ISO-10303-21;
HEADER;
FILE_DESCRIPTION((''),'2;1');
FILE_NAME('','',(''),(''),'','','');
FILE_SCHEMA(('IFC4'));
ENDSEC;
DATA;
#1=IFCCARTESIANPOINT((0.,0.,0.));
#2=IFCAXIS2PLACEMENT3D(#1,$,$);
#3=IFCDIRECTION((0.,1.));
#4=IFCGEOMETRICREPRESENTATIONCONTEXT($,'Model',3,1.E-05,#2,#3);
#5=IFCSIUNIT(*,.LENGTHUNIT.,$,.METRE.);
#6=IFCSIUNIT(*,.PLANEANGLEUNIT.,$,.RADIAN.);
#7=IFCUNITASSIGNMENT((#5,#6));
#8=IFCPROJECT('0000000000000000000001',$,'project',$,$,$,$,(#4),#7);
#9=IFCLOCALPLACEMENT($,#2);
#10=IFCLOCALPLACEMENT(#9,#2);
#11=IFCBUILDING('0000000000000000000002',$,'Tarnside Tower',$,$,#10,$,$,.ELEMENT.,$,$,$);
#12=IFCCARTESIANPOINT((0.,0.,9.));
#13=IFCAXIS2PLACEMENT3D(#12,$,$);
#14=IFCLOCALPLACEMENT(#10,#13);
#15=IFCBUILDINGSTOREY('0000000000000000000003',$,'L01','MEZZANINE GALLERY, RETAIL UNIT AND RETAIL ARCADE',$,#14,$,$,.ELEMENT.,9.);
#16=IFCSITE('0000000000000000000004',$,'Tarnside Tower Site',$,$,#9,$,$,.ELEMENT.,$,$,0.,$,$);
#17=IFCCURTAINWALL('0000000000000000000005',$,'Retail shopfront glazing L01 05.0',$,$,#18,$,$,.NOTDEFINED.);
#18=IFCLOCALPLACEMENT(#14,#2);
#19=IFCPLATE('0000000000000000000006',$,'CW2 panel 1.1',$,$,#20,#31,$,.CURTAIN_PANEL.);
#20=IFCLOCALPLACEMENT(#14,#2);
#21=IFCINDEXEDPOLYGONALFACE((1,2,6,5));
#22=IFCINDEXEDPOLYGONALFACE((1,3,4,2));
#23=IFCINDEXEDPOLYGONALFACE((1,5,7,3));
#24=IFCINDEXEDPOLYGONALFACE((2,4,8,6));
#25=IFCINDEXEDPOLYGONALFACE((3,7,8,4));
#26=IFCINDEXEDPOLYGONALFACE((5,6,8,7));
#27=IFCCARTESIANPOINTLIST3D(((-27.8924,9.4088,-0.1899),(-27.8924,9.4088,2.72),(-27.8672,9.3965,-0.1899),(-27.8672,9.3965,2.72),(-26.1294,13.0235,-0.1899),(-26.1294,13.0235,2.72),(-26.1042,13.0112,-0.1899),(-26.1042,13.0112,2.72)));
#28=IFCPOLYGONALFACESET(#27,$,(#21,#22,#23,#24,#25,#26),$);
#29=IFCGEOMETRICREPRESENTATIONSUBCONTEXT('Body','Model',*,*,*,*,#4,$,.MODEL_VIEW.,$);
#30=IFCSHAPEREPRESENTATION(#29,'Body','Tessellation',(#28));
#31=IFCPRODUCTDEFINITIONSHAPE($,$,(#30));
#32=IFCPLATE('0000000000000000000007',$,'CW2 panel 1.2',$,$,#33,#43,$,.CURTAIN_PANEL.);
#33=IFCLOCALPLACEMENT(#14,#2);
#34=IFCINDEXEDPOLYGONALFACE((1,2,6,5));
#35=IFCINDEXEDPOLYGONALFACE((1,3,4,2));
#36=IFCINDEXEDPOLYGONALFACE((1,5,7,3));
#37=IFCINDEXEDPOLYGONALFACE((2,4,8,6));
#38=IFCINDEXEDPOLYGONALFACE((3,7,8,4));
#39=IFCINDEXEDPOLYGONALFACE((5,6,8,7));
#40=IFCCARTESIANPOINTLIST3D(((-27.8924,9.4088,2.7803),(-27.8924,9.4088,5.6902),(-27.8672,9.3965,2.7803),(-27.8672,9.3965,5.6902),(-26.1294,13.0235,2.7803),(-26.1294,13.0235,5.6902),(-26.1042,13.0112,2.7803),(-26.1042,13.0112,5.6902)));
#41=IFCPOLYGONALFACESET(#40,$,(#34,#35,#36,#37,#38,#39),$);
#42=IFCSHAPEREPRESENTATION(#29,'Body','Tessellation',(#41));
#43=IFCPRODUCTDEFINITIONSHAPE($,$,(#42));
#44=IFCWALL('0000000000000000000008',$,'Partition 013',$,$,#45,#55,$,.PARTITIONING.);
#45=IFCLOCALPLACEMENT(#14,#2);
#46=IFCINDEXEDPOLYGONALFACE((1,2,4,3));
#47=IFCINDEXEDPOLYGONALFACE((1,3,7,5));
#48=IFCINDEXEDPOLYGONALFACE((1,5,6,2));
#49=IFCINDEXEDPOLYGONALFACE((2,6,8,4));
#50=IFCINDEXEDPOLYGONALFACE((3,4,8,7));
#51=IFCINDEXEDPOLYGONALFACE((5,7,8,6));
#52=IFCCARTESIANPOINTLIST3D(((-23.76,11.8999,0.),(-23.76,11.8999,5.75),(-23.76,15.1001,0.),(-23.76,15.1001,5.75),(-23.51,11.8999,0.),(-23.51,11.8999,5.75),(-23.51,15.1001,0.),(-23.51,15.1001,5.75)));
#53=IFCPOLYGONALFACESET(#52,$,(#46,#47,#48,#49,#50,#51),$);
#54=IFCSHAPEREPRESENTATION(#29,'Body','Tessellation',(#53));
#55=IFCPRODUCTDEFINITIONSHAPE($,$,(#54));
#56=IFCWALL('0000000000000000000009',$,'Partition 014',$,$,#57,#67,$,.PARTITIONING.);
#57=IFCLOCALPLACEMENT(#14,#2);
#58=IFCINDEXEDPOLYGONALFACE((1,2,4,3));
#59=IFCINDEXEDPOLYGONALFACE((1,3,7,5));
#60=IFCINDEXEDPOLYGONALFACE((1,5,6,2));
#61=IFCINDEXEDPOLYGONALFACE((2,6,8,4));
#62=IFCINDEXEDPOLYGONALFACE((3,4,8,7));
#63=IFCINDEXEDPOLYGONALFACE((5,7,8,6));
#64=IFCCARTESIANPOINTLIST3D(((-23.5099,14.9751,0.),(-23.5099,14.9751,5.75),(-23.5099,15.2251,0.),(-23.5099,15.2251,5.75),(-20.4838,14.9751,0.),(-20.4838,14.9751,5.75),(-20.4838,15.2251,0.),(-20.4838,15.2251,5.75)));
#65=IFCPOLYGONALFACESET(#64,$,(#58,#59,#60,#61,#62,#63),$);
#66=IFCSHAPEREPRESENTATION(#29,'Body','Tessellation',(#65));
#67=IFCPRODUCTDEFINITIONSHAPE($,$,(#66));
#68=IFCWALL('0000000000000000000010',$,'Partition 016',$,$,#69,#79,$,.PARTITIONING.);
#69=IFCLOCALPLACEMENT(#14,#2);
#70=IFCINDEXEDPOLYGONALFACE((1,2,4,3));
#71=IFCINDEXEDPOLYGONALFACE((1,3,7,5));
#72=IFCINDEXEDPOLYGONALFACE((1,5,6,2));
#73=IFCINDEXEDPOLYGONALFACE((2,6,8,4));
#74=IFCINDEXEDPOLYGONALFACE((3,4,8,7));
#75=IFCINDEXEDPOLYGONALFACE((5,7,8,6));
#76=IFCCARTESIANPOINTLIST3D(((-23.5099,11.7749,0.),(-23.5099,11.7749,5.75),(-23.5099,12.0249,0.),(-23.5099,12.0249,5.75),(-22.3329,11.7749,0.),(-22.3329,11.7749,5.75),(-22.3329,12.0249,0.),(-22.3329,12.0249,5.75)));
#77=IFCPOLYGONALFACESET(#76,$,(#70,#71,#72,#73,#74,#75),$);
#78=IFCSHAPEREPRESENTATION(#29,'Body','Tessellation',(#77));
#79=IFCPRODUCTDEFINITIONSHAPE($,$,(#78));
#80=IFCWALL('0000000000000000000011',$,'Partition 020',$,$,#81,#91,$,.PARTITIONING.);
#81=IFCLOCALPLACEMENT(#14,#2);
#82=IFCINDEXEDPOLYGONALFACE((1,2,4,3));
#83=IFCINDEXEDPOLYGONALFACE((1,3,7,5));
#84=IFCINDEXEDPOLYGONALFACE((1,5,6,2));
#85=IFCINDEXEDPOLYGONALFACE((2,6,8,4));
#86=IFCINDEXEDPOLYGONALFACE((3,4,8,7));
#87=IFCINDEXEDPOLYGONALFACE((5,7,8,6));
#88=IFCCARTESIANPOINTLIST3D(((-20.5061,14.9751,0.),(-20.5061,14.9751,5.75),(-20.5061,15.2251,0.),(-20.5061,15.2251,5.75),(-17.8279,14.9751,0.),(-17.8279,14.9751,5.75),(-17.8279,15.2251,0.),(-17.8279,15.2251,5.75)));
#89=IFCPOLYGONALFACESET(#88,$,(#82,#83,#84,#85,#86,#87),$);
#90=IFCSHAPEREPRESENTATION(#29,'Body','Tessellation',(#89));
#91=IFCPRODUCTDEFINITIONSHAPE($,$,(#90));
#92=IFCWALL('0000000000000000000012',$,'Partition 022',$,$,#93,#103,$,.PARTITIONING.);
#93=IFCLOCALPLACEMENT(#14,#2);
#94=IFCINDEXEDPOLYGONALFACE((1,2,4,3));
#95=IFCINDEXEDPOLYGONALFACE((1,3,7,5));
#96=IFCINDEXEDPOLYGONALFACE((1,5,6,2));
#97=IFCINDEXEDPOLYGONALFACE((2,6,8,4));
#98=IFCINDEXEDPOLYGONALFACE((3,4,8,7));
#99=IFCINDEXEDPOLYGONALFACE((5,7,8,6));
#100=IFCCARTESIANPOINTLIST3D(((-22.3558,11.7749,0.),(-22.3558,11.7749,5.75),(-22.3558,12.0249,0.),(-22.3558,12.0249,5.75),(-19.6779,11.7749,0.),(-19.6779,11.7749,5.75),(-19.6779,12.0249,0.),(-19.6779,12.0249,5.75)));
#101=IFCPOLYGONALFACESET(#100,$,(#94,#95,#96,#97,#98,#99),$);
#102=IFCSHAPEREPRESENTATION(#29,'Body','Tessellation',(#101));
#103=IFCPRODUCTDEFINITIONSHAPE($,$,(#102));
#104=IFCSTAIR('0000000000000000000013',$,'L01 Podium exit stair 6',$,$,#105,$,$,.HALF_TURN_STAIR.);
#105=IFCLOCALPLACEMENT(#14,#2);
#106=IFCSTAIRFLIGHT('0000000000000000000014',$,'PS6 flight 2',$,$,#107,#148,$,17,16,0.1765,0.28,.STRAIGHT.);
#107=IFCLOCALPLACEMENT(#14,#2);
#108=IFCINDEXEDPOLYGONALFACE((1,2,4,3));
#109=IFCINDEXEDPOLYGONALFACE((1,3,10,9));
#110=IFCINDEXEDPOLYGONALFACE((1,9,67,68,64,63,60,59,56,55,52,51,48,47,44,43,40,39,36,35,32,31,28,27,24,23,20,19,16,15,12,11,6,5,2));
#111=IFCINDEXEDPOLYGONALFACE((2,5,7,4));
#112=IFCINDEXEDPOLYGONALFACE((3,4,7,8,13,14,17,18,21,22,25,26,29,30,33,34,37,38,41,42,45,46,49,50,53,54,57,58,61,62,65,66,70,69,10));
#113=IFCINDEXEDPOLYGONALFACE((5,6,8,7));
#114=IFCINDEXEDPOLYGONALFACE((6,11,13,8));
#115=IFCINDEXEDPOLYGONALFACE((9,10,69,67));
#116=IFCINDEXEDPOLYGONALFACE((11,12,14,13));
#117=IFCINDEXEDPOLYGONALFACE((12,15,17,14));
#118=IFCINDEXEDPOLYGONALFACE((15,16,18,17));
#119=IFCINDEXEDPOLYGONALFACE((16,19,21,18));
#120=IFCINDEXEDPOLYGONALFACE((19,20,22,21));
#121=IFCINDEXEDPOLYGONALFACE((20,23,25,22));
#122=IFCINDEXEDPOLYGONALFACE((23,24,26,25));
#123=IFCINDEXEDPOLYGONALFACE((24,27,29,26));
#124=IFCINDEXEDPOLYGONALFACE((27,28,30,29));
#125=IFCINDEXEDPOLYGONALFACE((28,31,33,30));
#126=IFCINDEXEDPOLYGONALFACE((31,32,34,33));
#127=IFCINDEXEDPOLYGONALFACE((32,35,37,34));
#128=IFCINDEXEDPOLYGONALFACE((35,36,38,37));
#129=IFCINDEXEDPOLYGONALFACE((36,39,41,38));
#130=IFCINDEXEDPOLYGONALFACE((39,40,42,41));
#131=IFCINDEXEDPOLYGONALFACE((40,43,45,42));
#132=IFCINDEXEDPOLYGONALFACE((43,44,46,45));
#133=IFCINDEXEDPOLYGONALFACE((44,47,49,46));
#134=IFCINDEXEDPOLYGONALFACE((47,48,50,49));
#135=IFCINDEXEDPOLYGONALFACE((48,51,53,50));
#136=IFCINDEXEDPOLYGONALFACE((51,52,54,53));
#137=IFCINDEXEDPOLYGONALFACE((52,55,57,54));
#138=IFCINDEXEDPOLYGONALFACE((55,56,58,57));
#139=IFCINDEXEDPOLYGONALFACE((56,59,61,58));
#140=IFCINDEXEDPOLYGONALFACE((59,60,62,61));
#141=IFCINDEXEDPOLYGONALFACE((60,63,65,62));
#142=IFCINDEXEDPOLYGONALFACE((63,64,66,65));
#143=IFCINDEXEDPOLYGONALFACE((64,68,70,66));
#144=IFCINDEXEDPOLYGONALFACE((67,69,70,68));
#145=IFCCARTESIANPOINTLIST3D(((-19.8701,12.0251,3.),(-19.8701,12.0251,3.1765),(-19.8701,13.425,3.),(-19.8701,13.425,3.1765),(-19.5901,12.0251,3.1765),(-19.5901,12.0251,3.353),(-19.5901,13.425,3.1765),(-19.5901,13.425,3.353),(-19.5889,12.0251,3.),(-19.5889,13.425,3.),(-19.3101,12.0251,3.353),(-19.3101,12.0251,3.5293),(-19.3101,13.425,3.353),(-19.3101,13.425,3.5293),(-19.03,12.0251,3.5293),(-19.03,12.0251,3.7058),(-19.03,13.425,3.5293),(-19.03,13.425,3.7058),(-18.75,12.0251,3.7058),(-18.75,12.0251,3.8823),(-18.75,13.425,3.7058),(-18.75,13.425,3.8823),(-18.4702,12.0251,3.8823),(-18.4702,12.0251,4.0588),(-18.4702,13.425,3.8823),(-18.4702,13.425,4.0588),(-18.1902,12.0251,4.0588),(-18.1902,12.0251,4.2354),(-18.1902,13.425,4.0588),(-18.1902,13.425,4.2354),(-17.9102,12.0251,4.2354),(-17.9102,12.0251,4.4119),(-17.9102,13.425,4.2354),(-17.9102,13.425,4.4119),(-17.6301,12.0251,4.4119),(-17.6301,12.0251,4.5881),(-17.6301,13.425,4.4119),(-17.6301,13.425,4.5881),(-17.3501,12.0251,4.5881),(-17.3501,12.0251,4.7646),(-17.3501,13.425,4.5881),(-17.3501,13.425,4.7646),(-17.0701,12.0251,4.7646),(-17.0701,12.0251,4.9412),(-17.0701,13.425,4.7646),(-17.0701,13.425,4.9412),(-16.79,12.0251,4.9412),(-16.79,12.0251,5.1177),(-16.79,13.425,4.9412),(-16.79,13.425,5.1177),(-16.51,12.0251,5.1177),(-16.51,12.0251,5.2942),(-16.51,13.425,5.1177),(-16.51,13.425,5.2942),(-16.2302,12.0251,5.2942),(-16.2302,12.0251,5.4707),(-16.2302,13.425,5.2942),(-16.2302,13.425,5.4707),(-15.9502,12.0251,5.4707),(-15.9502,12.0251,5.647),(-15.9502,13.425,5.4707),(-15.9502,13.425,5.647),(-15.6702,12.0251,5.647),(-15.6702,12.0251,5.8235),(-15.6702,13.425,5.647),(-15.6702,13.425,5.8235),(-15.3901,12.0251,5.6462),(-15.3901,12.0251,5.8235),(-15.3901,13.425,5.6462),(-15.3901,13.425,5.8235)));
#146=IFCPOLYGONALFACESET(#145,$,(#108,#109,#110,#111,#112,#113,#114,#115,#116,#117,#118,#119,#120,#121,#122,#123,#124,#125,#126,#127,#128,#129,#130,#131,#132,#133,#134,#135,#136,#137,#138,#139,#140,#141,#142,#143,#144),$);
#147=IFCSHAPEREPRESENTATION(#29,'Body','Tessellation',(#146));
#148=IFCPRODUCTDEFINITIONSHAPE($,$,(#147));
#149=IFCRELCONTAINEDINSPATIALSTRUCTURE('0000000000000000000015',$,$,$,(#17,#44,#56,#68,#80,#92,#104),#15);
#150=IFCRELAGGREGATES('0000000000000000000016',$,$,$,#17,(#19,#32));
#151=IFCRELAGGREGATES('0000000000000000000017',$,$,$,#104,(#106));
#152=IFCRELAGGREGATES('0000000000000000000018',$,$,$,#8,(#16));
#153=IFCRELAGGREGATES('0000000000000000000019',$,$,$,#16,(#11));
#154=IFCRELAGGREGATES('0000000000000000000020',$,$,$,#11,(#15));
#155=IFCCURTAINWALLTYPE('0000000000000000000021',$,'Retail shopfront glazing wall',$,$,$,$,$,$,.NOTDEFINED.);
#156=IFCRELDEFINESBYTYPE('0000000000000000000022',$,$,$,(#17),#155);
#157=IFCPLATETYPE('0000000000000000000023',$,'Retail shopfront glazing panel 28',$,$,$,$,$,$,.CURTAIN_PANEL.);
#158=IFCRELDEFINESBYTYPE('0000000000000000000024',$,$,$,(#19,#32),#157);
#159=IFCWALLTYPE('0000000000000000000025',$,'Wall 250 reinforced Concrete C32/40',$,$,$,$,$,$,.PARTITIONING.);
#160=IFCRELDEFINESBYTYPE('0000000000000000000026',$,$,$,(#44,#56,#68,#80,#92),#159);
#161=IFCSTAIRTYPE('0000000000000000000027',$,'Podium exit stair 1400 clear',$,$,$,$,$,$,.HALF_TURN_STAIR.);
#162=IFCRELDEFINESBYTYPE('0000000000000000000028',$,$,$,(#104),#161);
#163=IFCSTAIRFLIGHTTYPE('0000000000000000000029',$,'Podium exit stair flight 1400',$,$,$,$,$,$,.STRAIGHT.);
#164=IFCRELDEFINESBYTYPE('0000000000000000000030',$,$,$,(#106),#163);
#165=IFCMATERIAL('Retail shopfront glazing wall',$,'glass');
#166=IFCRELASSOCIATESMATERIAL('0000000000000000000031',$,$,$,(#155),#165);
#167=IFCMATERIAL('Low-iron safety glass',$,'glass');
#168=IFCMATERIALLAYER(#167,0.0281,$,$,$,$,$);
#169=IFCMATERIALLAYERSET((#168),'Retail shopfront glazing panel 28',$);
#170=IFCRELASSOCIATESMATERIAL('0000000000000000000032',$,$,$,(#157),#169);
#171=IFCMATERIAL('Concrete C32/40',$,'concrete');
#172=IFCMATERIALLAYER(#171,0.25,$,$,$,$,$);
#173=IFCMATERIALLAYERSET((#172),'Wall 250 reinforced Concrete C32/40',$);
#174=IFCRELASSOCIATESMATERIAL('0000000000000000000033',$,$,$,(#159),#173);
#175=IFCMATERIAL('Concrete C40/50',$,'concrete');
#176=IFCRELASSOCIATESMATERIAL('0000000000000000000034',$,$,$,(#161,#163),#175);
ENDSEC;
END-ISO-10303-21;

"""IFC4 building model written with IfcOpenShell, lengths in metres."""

from ifc_helpers import new_model, si_unit, direction, frame, frame_2d, origin, origin_2d, place, context, subcontext, project, spatial, polyline, rectangle, outline, extrude, material, layer, layer_set, type_object, element, aggregate, save


model = new_model("IFC4")

# Units and contexts
model_context = context("Model", 3, precision=1e-05, world=origin(), true_north=direction((0.0, 1.0)))
body_context = subcontext(model_context, "Body", "Model", "MODEL_VIEW")
ifc_project = project(units=[si_unit("LENGTHUNIT", "METRE"), si_unit("PLANEANGLEUNIT", "RADIAN")], contexts=[model_context])

# Site, building, storey
site_placement = place(None, origin())
site = spatial("IfcSite", under=ifc_project, at=site_placement, Name="Tarnside Tower Site", CompositionType="ELEMENT", RefElevation=0.0)
building_placement = place(site_placement, origin())
building = spatial("IfcBuilding", under=site, at=building_placement, Name="Tarnside Tower", CompositionType="ELEMENT")
storey_placement = place(building_placement, frame((0.0, 0.0, 9.0)))
storey = spatial("IfcBuildingStorey", under=building, at=storey_placement, Name="L01", Description="MEZZANINE GALLERY, RETAIL UNIT AND RETAIL ARCADE", CompositionType="ELEMENT", Elevation=9.0)

# Shared definitions
ifc_material_1 = material(Name="Retail shopfront glazing wall", Category="glass")
curtain_wall_type = type_object("IfcCurtainWallType", Name="Retail shopfront glazing wall", PredefinedType="NOTDEFINED", material=ifc_material_1)

# Curtain wall, plates
curtain_wall_1_placement = place(storey_placement, origin())
curtain_wall_1 = element("IfcCurtainWall", 1, at=curtain_wall_1_placement, inside=storey, type_object=curtain_wall_type, Name="Retail shopfront glazing L01 05.0", PredefinedType="NOTDEFINED")
ifc_material_2 = material(Name="Low-iron safety glass", Category="glass")
ifc_layer_1 = layer(ifc_material_2, 0.0281)
ifc_layer_set_1 = layer_set([ifc_layer_1], Name="Retail shopfront glazing panel 28")
plate_type = type_object("IfcPlateType", Name="Retail shopfront glazing panel 28", PredefinedType="CURTAIN_PANEL", material=ifc_layer_set_1)
plate_1_placement = place(storey_placement, frame((-26.9983, 11.21, -0.1899), z_axis=(0.0, 0.0, 1.0), x_axis=(-0.438371, -0.898794, 0.0)))
plate_1 = element("IfcPlate", 2, at=plate_1_placement, type_object=plate_type, Name="CW2 panel 1.1", PredefinedType="CURTAIN_PANEL", context=body_context, shape_type="SweptSolid", body=[
    extrude(rectangle(XDim=4.0217, YDim=0.0281, at=origin_2d()), origin(), (0.0, 0.0, 1.0), 2.9099),
])
plate_2_placement = place(storey_placement, frame((-26.9983, 11.21, 2.7803), z_axis=(0.0, 0.0, 1.0), x_axis=(-0.438371, -0.898794, 0.0)))
plate_2 = element("IfcPlate", 3, at=plate_2_placement, type_object=plate_type, Name="CW2 panel 1.2", PredefinedType="CURTAIN_PANEL", context=body_context, shape_type="SweptSolid", body=[
    extrude(rectangle(XDim=4.0217, YDim=0.0281, at=origin_2d()), origin(), (0.0, 0.0, 1.0), 2.9099),
])
aggregate(curtain_wall_1, [plate_1, plate_2])

# Walls
ifc_material_3 = material(Name="Concrete C32/40", Category="concrete")
ifc_layer_2 = layer(ifc_material_3, 0.25)
ifc_layer_set_2 = layer_set([ifc_layer_2], Name="Wall 250 reinforced Concrete C32/40")
wall_type = type_object("IfcWallType", Name="Wall 250 reinforced Concrete C32/40", PredefinedType="PARTITIONING", material=ifc_layer_set_2)
wall_1_placement = place(storey_placement, frame((-23.635, 11.8999, 0.0), z_axis=(0.0, 0.0, 1.0), x_axis=(0.0, 1.0, 0.0)))
element("IfcWall", 4, at=wall_1_placement, inside=storey, type_object=wall_type, Name="Partition 013", PredefinedType="PARTITIONING", context=body_context, shape_type="SweptSolid", body=[
    extrude(rectangle(XDim=3.2002, YDim=0.25, at=frame_2d((1.6001, 0.0))), origin(), (0.0, 0.0, 1.0), 5.75),
])
wall_2_placement = place(storey_placement, frame((-23.51, 15.1001, 0.0), z_axis=(0.0, 0.0, 1.0), x_axis=(1.0, 0.0, 0.0)))
element("IfcWall", 5, at=wall_2_placement, inside=storey, type_object=wall_type, Name="Partition 014", PredefinedType="PARTITIONING", context=body_context, shape_type="SweptSolid", body=[
    extrude(rectangle(XDim=3.0261, YDim=0.25, at=frame_2d((1.5132, 0.0))), origin(), (0.0, 0.0, 1.0), 5.75),
])
wall_3_placement = place(storey_placement, frame((-22.333, 11.8999, 0.0), z_axis=(0.0, 0.0, 1.0), x_axis=(-1.0, 0.0, 0.0)))
element("IfcWall", 6, at=wall_3_placement, inside=storey, type_object=wall_type, Name="Partition 016", PredefinedType="PARTITIONING", context=body_context, shape_type="SweptSolid", body=[
    extrude(rectangle(XDim=1.177, YDim=0.25, at=frame_2d((0.5884, 0.0))), origin(), (0.0, 0.0, 1.0), 5.75),
])
wall_4_placement = place(storey_placement, frame((-20.5061, 15.1001, 0.0), z_axis=(0.0, 0.0, 1.0), x_axis=(1.0, 0.0, 0.0)))
element("IfcWall", 7, at=wall_4_placement, inside=storey, type_object=wall_type, Name="Partition 020", PredefinedType="PARTITIONING", context=body_context, shape_type="SweptSolid", body=[
    extrude(rectangle(XDim=2.6782, YDim=0.25, at=frame_2d((1.3391, 0.0))), origin(), (0.0, 0.0, 1.0), 5.75),
])
wall_5_placement = place(storey_placement, frame((-19.678, 11.8999, 0.0), z_axis=(0.0, 0.0, 1.0), x_axis=(-1.0, 0.0, 0.0)))
element("IfcWall", 8, at=wall_5_placement, inside=storey, type_object=wall_type, Name="Partition 022", PredefinedType="PARTITIONING", context=body_context, shape_type="SweptSolid", body=[
    extrude(rectangle(XDim=2.678, YDim=0.25, at=frame_2d((1.3389, 0.0))), origin(), (0.0, 0.0, 1.0), 5.75),
])

# Stair, stair flight
ifc_material_4 = material(Name="Concrete C40/50", Category="concrete")
stair_type = type_object("IfcStairType", Name="Podium exit stair 1400 clear", PredefinedType="HALF_TURN_STAIR", material=ifc_material_4)
stair_placement = place(storey_placement, origin())
stair = element("IfcStair", 9, at=stair_placement, inside=storey, type_object=stair_type, Name="L01 Podium exit stair 6", PredefinedType="HALF_TURN_STAIR")
stair_flight_type = type_object("IfcStairFlightType", Name="Podium exit stair flight 1400", PredefinedType="STRAIGHT", material=ifc_material_4)
stair_flight_placement = place(storey_placement, frame((-19.8701, 12.7251, 3.0), z_axis=(0.0, 0.0, 1.0), x_axis=(1.0, 0.0, 0.0)))
stair_flight = element("IfcStairFlight", 10, at=stair_flight_placement, type_object=stair_flight_type, Name="PS6 flight 2", NumberOfRisers=17, NumberOfTreads=16, PredefinedType="STRAIGHT", RiserHeight=0.1765, TreadLength=0.28, context=body_context, shape_type="SweptSolid", body=[
    extrude(outline(polyline([(0.0, 0.0), (0.0, 0.1765), (0.28, 0.1765), (0.28, 0.353), (0.5601, 0.353), (0.5601, 0.5293), (0.8401, 0.5293), (0.8401, 0.7058), (1.1201, 0.7058), (1.1201, 0.8823), (1.3999, 0.8823), (1.3999, 1.0588), (1.6799, 1.0588), (1.6799, 1.2354), (1.96, 1.2354), (1.96, 1.4119), (2.24, 1.4119), (2.24, 1.5881), (2.52, 1.5881), (2.52, 1.7646), (2.8, 1.7646), (2.8, 1.9412), (3.0801, 1.9412), (3.0801, 2.1177), (3.3601, 2.1177), (3.3601, 2.2942), (3.6399, 2.2942), (3.6399, 2.4707), (3.9199, 2.4707), (3.9199, 2.647), (4.2, 2.647), (4.2, 2.8235), (4.48, 2.8235), (4.48, 3.0), (4.48, 2.6462), (0.2812, 0.0), (0.0, 0.0)])), frame((0.0, 0.7, 0.0), z_axis=(0.0, -1.0, 0.0), x_axis=(1.0, 0.0, 0.0)), (0.0, 0.0, 1.0), 1.3999),
])
aggregate(stair, [stair_flight])

save(model, "model.ifc")
